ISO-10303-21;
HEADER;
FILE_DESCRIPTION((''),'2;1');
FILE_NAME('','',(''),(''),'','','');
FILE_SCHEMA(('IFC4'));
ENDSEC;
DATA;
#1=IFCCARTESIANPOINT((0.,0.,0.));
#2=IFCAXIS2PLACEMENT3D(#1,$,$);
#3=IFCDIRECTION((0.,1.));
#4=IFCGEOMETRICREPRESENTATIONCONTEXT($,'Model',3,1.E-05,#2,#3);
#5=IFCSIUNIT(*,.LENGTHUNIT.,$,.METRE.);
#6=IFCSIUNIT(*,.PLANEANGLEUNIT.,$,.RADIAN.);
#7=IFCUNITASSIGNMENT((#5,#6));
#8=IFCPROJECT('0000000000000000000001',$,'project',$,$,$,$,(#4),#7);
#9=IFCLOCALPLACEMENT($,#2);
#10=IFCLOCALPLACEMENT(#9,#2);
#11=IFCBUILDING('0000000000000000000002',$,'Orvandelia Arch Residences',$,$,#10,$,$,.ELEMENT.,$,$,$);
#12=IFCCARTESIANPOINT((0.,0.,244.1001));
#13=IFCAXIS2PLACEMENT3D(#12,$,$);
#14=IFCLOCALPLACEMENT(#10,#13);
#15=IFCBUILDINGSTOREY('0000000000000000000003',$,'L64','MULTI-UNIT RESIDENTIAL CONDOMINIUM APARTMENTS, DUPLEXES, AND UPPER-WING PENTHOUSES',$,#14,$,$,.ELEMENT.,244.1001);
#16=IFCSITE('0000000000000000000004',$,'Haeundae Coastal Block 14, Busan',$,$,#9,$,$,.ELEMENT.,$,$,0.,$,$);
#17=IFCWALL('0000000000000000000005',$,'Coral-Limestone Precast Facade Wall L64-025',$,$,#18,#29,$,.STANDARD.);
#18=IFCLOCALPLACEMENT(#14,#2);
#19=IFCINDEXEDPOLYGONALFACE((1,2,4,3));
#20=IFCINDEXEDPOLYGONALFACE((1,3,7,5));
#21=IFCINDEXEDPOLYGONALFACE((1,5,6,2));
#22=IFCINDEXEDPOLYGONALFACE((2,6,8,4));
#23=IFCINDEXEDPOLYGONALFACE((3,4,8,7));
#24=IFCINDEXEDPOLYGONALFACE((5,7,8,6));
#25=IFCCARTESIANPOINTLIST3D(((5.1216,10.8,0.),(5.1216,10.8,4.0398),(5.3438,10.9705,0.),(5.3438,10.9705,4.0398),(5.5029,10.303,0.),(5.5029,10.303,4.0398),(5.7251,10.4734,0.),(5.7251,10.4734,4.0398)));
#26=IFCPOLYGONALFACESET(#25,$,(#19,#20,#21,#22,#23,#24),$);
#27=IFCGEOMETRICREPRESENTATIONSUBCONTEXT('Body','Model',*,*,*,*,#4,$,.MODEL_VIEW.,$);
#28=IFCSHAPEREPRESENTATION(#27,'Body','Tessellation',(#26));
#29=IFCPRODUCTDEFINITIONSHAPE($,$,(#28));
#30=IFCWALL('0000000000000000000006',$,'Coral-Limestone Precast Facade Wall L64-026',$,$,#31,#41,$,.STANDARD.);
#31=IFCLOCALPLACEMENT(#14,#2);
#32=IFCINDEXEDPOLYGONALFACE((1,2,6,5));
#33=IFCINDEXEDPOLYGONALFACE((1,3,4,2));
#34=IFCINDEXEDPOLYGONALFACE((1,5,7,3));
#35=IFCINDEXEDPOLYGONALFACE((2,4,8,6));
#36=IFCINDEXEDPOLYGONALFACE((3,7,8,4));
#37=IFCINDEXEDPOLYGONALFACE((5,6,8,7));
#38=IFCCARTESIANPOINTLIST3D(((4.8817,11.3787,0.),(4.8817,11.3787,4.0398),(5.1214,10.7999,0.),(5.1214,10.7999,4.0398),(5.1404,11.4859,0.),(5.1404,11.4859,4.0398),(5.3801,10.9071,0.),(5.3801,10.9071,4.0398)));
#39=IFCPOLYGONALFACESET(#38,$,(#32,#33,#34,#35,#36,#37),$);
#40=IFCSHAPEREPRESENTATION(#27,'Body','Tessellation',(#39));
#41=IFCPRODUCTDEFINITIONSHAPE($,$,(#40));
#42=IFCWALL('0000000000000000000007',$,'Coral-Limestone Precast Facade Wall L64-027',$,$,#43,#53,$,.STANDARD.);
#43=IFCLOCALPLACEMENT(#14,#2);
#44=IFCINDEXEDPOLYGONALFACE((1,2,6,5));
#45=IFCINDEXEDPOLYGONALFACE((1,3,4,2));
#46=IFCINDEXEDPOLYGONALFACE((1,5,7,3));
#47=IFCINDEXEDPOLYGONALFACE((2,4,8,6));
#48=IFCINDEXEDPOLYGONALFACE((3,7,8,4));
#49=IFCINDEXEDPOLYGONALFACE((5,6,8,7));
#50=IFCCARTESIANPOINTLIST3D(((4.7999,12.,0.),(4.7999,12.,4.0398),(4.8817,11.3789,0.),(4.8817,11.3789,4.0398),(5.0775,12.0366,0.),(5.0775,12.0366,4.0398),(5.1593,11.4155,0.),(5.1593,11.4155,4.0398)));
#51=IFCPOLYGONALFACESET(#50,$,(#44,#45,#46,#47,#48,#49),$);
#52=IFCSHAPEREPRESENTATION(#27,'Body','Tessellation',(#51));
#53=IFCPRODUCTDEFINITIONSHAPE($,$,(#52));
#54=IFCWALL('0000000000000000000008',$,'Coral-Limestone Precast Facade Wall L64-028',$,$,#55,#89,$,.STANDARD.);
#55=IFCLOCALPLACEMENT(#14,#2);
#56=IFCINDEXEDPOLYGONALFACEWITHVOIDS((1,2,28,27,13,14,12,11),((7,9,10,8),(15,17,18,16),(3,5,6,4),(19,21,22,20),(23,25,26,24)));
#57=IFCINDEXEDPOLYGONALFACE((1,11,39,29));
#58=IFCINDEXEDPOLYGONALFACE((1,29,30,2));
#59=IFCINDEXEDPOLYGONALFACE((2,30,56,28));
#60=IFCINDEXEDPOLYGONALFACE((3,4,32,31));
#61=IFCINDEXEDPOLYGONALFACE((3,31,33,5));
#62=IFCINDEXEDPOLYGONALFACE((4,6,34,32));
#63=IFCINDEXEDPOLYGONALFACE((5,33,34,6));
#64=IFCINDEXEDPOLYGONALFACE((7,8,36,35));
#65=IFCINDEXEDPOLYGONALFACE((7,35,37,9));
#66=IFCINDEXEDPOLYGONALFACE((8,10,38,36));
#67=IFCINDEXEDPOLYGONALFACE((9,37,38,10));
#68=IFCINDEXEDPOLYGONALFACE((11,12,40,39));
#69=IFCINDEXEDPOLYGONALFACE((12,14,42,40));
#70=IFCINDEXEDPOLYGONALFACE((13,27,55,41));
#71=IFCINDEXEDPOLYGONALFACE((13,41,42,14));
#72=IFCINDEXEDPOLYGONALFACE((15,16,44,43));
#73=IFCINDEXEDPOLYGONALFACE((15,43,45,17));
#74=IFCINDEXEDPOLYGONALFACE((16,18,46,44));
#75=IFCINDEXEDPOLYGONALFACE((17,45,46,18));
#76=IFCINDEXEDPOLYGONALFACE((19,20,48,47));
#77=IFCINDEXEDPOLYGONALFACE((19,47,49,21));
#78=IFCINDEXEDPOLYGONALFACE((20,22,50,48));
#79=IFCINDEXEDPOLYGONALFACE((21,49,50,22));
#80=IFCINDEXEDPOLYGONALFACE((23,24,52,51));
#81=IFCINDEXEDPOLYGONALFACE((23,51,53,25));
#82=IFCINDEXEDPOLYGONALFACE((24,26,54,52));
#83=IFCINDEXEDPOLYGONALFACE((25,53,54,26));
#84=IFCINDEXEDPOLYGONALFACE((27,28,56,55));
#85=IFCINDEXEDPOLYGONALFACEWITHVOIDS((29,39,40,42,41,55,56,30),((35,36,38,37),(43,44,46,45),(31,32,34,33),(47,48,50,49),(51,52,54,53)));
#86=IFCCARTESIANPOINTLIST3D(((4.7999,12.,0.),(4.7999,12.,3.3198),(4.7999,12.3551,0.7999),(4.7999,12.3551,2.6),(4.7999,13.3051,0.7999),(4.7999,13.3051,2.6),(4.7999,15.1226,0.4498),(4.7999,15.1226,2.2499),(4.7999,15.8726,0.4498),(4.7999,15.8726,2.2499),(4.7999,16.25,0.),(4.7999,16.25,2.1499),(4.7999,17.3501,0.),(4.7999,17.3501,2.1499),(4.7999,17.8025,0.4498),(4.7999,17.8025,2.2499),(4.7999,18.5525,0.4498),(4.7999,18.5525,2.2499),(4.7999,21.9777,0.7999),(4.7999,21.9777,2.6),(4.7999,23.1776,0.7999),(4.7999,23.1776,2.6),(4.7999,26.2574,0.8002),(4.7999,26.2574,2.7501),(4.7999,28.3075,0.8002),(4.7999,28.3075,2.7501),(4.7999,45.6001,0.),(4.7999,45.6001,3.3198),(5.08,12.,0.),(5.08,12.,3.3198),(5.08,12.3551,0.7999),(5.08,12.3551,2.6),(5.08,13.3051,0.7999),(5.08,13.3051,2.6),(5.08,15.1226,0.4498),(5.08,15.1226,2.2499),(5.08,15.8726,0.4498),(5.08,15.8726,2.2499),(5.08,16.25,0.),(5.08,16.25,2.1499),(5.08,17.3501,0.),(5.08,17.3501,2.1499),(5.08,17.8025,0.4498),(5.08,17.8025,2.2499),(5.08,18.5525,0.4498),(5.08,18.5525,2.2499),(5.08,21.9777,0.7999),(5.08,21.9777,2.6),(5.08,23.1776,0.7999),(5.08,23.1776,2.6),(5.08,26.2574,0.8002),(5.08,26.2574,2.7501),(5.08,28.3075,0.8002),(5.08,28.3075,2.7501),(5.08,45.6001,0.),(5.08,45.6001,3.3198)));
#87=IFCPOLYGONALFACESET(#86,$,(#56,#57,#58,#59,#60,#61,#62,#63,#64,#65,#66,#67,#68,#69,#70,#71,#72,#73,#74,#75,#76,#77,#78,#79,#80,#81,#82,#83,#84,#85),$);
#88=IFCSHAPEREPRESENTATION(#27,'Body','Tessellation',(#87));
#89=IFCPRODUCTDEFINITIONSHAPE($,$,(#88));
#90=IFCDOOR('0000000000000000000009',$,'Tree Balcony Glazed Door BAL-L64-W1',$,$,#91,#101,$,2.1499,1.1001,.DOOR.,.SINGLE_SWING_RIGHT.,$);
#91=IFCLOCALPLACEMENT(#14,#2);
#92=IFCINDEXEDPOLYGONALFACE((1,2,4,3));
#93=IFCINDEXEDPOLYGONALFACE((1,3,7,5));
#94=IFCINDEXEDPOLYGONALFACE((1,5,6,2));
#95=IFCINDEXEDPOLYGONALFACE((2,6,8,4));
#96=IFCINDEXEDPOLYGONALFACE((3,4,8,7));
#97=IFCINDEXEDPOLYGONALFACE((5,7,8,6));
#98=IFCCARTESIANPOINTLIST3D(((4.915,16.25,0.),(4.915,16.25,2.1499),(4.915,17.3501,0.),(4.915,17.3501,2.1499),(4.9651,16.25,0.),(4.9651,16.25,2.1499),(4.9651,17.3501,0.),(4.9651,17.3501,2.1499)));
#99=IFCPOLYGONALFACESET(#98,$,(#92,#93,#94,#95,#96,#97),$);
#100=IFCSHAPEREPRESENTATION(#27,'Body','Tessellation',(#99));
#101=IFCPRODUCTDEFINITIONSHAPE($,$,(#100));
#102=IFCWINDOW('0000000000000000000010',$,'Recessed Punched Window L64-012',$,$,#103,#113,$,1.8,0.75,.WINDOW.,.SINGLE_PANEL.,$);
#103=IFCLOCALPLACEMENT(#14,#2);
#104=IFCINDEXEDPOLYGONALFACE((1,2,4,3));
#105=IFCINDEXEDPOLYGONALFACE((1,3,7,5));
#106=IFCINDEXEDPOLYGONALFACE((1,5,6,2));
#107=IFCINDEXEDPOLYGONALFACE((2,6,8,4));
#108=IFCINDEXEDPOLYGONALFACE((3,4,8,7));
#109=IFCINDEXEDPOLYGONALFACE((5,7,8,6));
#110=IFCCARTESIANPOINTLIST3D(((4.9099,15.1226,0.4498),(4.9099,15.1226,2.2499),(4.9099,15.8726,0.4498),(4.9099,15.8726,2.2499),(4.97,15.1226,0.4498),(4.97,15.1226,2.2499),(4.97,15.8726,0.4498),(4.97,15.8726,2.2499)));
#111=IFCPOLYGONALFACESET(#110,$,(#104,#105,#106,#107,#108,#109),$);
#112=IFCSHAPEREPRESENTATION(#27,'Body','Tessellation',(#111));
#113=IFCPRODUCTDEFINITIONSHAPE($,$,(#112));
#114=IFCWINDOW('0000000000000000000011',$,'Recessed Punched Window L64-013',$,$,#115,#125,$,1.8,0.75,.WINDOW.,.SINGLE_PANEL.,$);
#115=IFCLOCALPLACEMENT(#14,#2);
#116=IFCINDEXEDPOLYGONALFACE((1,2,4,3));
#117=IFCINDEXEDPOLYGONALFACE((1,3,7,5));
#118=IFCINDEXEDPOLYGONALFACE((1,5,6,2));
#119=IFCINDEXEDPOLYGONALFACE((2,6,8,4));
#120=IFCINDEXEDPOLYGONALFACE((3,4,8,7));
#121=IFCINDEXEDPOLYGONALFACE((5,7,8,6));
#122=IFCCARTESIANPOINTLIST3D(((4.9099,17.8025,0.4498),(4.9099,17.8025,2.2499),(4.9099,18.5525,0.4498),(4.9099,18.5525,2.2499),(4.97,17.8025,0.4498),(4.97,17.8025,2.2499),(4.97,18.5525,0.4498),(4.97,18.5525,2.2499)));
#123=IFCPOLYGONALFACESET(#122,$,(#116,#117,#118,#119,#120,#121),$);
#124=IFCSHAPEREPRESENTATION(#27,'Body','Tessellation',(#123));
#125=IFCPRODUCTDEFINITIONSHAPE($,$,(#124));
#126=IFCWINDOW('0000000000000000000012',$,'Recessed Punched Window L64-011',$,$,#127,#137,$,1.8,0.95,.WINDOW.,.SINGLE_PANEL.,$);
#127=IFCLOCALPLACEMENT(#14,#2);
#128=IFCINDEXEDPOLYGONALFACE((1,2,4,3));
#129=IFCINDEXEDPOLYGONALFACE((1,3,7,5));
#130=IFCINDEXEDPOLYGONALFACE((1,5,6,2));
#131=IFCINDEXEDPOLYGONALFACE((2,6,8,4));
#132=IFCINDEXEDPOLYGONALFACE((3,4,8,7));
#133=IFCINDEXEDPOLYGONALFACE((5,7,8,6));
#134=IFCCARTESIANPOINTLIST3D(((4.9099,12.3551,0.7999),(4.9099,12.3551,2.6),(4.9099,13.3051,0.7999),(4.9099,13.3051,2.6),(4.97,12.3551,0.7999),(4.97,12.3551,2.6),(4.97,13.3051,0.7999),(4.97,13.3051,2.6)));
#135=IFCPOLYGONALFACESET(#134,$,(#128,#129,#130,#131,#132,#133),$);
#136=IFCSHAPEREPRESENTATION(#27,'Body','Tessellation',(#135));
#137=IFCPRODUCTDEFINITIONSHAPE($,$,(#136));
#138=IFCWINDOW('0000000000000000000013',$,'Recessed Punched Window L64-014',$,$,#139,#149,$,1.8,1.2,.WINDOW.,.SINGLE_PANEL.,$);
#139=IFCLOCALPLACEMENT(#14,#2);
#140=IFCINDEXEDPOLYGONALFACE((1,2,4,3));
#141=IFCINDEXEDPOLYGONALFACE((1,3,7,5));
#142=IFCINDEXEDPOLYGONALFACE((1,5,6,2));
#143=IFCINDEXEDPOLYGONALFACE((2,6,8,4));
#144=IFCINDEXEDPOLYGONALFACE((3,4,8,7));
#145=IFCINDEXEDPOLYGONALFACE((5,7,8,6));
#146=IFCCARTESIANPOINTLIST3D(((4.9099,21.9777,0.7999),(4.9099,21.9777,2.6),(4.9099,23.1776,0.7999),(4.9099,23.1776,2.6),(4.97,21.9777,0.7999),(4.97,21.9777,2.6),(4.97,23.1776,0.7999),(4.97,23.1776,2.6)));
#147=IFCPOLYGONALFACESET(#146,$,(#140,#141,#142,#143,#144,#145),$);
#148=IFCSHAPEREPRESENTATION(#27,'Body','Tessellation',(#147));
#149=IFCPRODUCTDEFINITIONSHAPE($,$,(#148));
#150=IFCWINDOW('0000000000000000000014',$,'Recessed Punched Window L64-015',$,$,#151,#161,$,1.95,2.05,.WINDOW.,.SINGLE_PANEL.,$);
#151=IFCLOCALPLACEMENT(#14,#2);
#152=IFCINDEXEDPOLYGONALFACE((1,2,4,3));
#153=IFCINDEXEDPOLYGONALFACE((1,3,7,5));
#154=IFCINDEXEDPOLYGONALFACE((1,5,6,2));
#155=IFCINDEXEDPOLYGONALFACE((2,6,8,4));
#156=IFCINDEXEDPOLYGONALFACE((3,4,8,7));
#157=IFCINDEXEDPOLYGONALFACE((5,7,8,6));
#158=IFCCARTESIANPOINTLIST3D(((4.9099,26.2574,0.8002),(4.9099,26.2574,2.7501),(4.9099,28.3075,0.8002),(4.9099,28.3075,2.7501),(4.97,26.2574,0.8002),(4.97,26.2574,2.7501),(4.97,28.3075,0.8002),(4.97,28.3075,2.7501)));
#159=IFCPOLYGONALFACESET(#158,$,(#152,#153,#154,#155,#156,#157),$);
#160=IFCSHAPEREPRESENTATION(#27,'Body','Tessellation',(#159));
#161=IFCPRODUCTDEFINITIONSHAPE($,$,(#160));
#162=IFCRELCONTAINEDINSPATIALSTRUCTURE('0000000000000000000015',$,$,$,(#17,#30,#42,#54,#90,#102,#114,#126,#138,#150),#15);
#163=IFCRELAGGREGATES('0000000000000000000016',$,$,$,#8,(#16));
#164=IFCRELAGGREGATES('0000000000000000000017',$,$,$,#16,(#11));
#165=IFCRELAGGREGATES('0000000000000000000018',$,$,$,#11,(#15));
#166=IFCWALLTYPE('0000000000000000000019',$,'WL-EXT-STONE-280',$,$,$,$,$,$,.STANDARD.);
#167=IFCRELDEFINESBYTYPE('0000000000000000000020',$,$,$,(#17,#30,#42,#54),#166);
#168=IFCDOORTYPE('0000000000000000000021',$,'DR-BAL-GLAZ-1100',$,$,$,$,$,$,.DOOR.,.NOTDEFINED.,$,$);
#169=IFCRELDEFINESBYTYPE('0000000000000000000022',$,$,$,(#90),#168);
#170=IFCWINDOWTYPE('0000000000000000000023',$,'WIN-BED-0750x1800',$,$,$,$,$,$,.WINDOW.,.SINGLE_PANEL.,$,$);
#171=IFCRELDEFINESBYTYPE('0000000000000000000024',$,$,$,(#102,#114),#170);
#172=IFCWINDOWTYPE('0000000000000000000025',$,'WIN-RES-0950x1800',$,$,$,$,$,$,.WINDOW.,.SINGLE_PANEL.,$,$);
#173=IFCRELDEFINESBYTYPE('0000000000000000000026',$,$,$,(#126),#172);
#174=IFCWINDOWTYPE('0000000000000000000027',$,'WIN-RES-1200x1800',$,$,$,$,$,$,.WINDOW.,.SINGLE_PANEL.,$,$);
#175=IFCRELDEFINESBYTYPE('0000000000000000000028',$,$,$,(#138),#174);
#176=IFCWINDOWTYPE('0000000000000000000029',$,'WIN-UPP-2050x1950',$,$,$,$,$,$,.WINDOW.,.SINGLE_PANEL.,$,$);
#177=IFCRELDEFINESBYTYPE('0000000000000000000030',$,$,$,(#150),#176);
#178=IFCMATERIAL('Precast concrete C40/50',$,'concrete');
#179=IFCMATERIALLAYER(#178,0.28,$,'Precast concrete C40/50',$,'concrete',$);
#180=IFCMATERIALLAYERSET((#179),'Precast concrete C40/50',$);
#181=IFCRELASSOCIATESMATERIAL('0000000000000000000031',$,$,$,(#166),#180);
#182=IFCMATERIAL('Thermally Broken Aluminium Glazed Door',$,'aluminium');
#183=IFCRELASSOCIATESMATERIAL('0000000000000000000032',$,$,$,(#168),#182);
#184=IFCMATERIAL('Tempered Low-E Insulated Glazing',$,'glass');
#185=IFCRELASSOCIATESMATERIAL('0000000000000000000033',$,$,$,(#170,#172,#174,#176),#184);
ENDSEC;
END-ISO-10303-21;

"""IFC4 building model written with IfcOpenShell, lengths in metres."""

from ifc_helpers import new_model, si_unit, direction, frame, frame_2d, origin, place, context, subcontext, project, spatial, rectangle, extrude, material, layer, layer_set, type_object, element, fill, save


model = new_model("IFC4")

# Units and contexts
model_context = context("Model", 3, precision=1e-05, world=origin(), true_north=direction((0.0, 1.0)))
body_context = subcontext(model_context, "Body", "Model", "MODEL_VIEW")
ifc_project = project(units=[si_unit("LENGTHUNIT", "METRE"), si_unit("PLANEANGLEUNIT", "RADIAN")], contexts=[model_context])

# Site, building, storey
site_placement = place(None, origin())
site = spatial("IfcSite", under=ifc_project, at=site_placement, Name="Haeundae Coastal Block 14, Busan", CompositionType="ELEMENT", RefElevation=0.0)
building_placement = place(site_placement, origin())
building = spatial("IfcBuilding", under=site, at=building_placement, Name="Orvandelia Arch Residences", CompositionType="ELEMENT")
storey_placement = place(building_placement, frame((0.0, 0.0, 244.1001)))
storey = spatial("IfcBuildingStorey", under=building, at=storey_placement, Name="L64", Description="MULTI-UNIT RESIDENTIAL CONDOMINIUM APARTMENTS, DUPLEXES, AND UPPER-WING PENTHOUSES", CompositionType="ELEMENT", Elevation=244.1001)

# Shared definitions
ifc_material_1 = material(Name="Precast concrete C40/50", Category="concrete")

# Walls
ifc_layer_1 = layer(ifc_material_1, 0.28, Name="Precast concrete C40/50", Category="concrete")
ifc_layer_set_1 = layer_set([ifc_layer_1], Name="Precast concrete C40/50")
wall_type_1 = type_object("IfcWallType", Name="WL-EXT-STONE-280", PredefinedType="STANDARD", material=ifc_layer_set_1)
for number, where, z_axis, x_axis, name in (
    (1, (5.614, 10.3882, 0.0), (0.0, 0.0, 1.0), (-0.608693, 0.793406, 0.0), "Coral-Limestone Precast Facade Wall L64-025"),
    (2, (5.2507, 10.8535, 0.0), (0.0, 0.0, 1.0), (-0.38265, 0.923893, 0.0), "Coral-Limestone Precast Facade Wall L64-026"),
    (3, (5.0205, 11.3972, 0.0), (0.0, 0.0, 1.0), (-0.130555, 0.991441, 0.0), "Coral-Limestone Precast Facade Wall L64-027"),
):
    element("IfcWall", number, at=place(storey_placement, frame(where, z_axis=z_axis, x_axis=x_axis)), inside=storey, type_object=wall_type_1, Name=name, PredefinedType="STANDARD", context=body_context, shape_type="SweptSolid", body=[
        extrude(rectangle(XDim=0.6265, YDim=0.28, at=frame_2d((0.3132, 0.0))), origin(), (0.0, 0.0, 1.0), 4.0398),
    ])

# Wall, openings, door, windows
wall_1_placement = place(storey_placement, frame((4.9399, 12.0, 0.0), z_axis=(0.0, 0.0, 1.0), x_axis=(0.0, 1.0, 0.0)))
wall_1 = element("IfcWall", 4, at=wall_1_placement, inside=storey, type_object=wall_type_1, Name="Coral-Limestone Precast Facade Wall L64-028", PredefinedType="STANDARD", context=body_context, shape_type="SweptSolid", body=[
    extrude(rectangle(XDim=33.6001, YDim=0.28, at=frame_2d((16.8, 0.0))), origin(), (0.0, 0.0, 1.0), 3.3198),
])
opening_1_placement = place(wall_1_placement, frame((4.25, 0.0, 0.0)))
opening_1 = element("IfcOpeningElement", 5, at=opening_1_placement, cuts=wall_1, PredefinedType="OPENING", context=body_context, shape_type="SweptSolid", body=[
    extrude(rectangle(XDim=1.1001, YDim=2.1499, at=frame_2d((0.55, 1.075))), frame((0.0, 0.1499, 0.0), z_axis=(0.0, -1.0, 0.0), x_axis=(1.0, 0.0, 0.0)), (0.0, 0.0, 1.0), 0.3),
])
opening_2_placement = place(wall_1_placement, frame((0.355, 0.0, 0.8)))
opening_2 = element("IfcOpeningElement", 6, at=opening_2_placement, cuts=wall_1, PredefinedType="OPENING", context=body_context, shape_type="SweptSolid", body=[
    extrude(rectangle(XDim=0.95, YDim=1.8, at=frame_2d((0.4751, 0.8999))), frame((0.0, 0.1499, 0.0), z_axis=(0.0, -1.0, 0.0), x_axis=(1.0, 0.0, 0.0)), (0.0, 0.0, 1.0), 0.3),
])
opening_3_placement = place(wall_1_placement, frame((3.1226, 0.0, 0.45)))
opening_3 = element("IfcOpeningElement", 7, at=opening_3_placement, cuts=wall_1, PredefinedType="OPENING", context=body_context, shape_type="SweptSolid", body=[
    extrude(rectangle(XDim=0.75, YDim=1.8, at=frame_2d((0.375, 0.8999))), frame((0.0, 0.1499, 0.0), z_axis=(0.0, -1.0, 0.0), x_axis=(1.0, 0.0, 0.0)), (0.0, 0.0, 1.0), 0.3),
])
opening_4_placement = place(wall_1_placement, frame((5.8025, 0.0, 0.45)))
opening_4 = element("IfcOpeningElement", 8, at=opening_4_placement, cuts=wall_1, PredefinedType="OPENING", context=body_context, shape_type="SweptSolid", body=[
    extrude(rectangle(XDim=0.75, YDim=1.8, at=frame_2d((0.375, 0.8999))), frame((0.0, 0.1499, 0.0), z_axis=(0.0, -1.0, 0.0), x_axis=(1.0, 0.0, 0.0)), (0.0, 0.0, 1.0), 0.3),
])
opening_5_placement = place(wall_1_placement, frame((9.9775, 0.0, 0.8)))
opening_5 = element("IfcOpeningElement", 9, at=opening_5_placement, cuts=wall_1, PredefinedType="OPENING", context=body_context, shape_type="SweptSolid", body=[
    extrude(rectangle(XDim=1.2, YDim=1.8, at=frame_2d((0.6001, 0.8999))), frame((0.0, 0.1499, 0.0), z_axis=(0.0, -1.0, 0.0), x_axis=(1.0, 0.0, 0.0)), (0.0, 0.0, 1.0), 0.3),
])
opening_6_placement = place(wall_1_placement, frame((14.2576, 0.0, 0.8)))
opening_6 = element("IfcOpeningElement", 10, at=opening_6_placement, cuts=wall_1, PredefinedType="OPENING", context=body_context, shape_type="SweptSolid", body=[
    extrude(rectangle(XDim=2.05, YDim=1.95, at=frame_2d((1.0249, 0.9751))), frame((0.0, 0.1499, 0.0), z_axis=(0.0, -1.0, 0.0), x_axis=(1.0, 0.0, 0.0)), (0.0, 0.0, 1.0), 0.3),
])
ifc_material_2 = material(Name="Thermally Broken Aluminium Glazed Door", Category="aluminium")
door_type = type_object("IfcDoorType", Name="DR-BAL-GLAZ-1100", OperationType="NOTDEFINED", PredefinedType="DOOR", material=ifc_material_2)
door_placement = place(opening_1_placement, origin())
door = element("IfcDoor", 11, at=door_placement, inside=storey, type_object=door_type, Name="Tree Balcony Glazed Door BAL-L64-W1", OperationType="SINGLE_SWING_RIGHT", OverallHeight=2.1499, OverallWidth=1.1001, PredefinedType="DOOR", context=body_context, shape_type="SweptSolid", body=[
    extrude(rectangle(XDim=1.1001, YDim=2.1499, at=frame_2d((0.55, 1.075))), frame((0.0, 0.0249, 0.0), z_axis=(0.0, -1.0, 0.0), x_axis=(1.0, 0.0, 0.0)), (0.0, 0.0, 1.0), 0.05),
])
fill(opening_1, door)
ifc_material_3 = material(Name="Tempered Low-E Insulated Glazing", Category="glass")
window_type_1 = type_object("IfcWindowType", Name="WIN-BED-0750x1800", PartitioningType="SINGLE_PANEL", PredefinedType="WINDOW", material=ifc_material_3)
window_1_placement = place(opening_3_placement, origin())
window_1 = element("IfcWindow", 12, at=window_1_placement, inside=storey, type_object=window_type_1, Name="Recessed Punched Window L64-012", OverallHeight=1.8, OverallWidth=0.75, PartitioningType="SINGLE_PANEL", PredefinedType="WINDOW", context=body_context, shape_type="SweptSolid", body=[
    extrude(rectangle(XDim=0.75, YDim=1.8, at=frame_2d((0.375, 0.8999))), frame((0.0, 0.03, 0.0), z_axis=(0.0, -1.0, 0.0), x_axis=(1.0, 0.0, 0.0)), (0.0, 0.0, 1.0), 0.0601),
])
fill(opening_3, window_1)
window_2_placement = place(opening_4_placement, origin())
window_2 = element("IfcWindow", 13, at=window_2_placement, inside=storey, type_object=window_type_1, Name="Recessed Punched Window L64-013", OverallHeight=1.8, OverallWidth=0.75, PartitioningType="SINGLE_PANEL", PredefinedType="WINDOW", context=body_context, shape_type="SweptSolid", body=[
    extrude(rectangle(XDim=0.75, YDim=1.8, at=frame_2d((0.375, 0.8999))), frame((0.0, 0.03, 0.0), z_axis=(0.0, -1.0, 0.0), x_axis=(1.0, 0.0, 0.0)), (0.0, 0.0, 1.0), 0.0601),
])
fill(opening_4, window_2)
window_type_2 = type_object("IfcWindowType", Name="WIN-RES-0950x1800", PartitioningType="SINGLE_PANEL", PredefinedType="WINDOW", material=ifc_material_3)
window_3_placement = place(opening_2_placement, origin())
window_3 = element("IfcWindow", 14, at=window_3_placement, inside=storey, type_object=window_type_2, Name="Recessed Punched Window L64-011", OverallHeight=1.8, OverallWidth=0.95, PartitioningType="SINGLE_PANEL", PredefinedType="WINDOW", context=body_context, shape_type="SweptSolid", body=[
    extrude(rectangle(XDim=0.95, YDim=1.8, at=frame_2d((0.4751, 0.8999))), frame((0.0, 0.03, 0.0), z_axis=(0.0, -1.0, 0.0), x_axis=(1.0, 0.0, 0.0)), (0.0, 0.0, 1.0), 0.0601),
])
fill(opening_2, window_3)
window_type_3 = type_object("IfcWindowType", Name="WIN-RES-1200x1800", PartitioningType="SINGLE_PANEL", PredefinedType="WINDOW", material=ifc_material_3)
window_4_placement = place(opening_5_placement, origin())
window_4 = element("IfcWindow", 15, at=window_4_placement, inside=storey, type_object=window_type_3, Name="Recessed Punched Window L64-014", OverallHeight=1.8, OverallWidth=1.2, PartitioningType="SINGLE_PANEL", PredefinedType="WINDOW", context=body_context, shape_type="SweptSolid", body=[
    extrude(rectangle(XDim=1.2, YDim=1.8, at=frame_2d((0.6001, 0.8999))), frame((0.0, 0.03, 0.0), z_axis=(0.0, -1.0, 0.0), x_axis=(1.0, 0.0, 0.0)), (0.0, 0.0, 1.0), 0.0601),
])
fill(opening_5, window_4)
window_type_4 = type_object("IfcWindowType", Name="WIN-UPP-2050x1950", PartitioningType="SINGLE_PANEL", PredefinedType="WINDOW", material=ifc_material_3)
window_5_placement = place(opening_6_placement, origin())
window_5 = element("IfcWindow", 16, at=window_5_placement, inside=storey, type_object=window_type_4, Name="Recessed Punched Window L64-015", OverallHeight=1.95, OverallWidth=2.05, PartitioningType="SINGLE_PANEL", PredefinedType="WINDOW", context=body_context, shape_type="SweptSolid", body=[
    extrude(rectangle(XDim=2.05, YDim=1.95, at=frame_2d((1.0249, 0.9751))), frame((0.0, 0.03, 0.0), z_axis=(0.0, -1.0, 0.0), x_axis=(1.0, 0.0, 0.0)), (0.0, 0.0, 1.0), 0.0601),
])
fill(opening_6, window_5)

save(model, "model.ifc")
